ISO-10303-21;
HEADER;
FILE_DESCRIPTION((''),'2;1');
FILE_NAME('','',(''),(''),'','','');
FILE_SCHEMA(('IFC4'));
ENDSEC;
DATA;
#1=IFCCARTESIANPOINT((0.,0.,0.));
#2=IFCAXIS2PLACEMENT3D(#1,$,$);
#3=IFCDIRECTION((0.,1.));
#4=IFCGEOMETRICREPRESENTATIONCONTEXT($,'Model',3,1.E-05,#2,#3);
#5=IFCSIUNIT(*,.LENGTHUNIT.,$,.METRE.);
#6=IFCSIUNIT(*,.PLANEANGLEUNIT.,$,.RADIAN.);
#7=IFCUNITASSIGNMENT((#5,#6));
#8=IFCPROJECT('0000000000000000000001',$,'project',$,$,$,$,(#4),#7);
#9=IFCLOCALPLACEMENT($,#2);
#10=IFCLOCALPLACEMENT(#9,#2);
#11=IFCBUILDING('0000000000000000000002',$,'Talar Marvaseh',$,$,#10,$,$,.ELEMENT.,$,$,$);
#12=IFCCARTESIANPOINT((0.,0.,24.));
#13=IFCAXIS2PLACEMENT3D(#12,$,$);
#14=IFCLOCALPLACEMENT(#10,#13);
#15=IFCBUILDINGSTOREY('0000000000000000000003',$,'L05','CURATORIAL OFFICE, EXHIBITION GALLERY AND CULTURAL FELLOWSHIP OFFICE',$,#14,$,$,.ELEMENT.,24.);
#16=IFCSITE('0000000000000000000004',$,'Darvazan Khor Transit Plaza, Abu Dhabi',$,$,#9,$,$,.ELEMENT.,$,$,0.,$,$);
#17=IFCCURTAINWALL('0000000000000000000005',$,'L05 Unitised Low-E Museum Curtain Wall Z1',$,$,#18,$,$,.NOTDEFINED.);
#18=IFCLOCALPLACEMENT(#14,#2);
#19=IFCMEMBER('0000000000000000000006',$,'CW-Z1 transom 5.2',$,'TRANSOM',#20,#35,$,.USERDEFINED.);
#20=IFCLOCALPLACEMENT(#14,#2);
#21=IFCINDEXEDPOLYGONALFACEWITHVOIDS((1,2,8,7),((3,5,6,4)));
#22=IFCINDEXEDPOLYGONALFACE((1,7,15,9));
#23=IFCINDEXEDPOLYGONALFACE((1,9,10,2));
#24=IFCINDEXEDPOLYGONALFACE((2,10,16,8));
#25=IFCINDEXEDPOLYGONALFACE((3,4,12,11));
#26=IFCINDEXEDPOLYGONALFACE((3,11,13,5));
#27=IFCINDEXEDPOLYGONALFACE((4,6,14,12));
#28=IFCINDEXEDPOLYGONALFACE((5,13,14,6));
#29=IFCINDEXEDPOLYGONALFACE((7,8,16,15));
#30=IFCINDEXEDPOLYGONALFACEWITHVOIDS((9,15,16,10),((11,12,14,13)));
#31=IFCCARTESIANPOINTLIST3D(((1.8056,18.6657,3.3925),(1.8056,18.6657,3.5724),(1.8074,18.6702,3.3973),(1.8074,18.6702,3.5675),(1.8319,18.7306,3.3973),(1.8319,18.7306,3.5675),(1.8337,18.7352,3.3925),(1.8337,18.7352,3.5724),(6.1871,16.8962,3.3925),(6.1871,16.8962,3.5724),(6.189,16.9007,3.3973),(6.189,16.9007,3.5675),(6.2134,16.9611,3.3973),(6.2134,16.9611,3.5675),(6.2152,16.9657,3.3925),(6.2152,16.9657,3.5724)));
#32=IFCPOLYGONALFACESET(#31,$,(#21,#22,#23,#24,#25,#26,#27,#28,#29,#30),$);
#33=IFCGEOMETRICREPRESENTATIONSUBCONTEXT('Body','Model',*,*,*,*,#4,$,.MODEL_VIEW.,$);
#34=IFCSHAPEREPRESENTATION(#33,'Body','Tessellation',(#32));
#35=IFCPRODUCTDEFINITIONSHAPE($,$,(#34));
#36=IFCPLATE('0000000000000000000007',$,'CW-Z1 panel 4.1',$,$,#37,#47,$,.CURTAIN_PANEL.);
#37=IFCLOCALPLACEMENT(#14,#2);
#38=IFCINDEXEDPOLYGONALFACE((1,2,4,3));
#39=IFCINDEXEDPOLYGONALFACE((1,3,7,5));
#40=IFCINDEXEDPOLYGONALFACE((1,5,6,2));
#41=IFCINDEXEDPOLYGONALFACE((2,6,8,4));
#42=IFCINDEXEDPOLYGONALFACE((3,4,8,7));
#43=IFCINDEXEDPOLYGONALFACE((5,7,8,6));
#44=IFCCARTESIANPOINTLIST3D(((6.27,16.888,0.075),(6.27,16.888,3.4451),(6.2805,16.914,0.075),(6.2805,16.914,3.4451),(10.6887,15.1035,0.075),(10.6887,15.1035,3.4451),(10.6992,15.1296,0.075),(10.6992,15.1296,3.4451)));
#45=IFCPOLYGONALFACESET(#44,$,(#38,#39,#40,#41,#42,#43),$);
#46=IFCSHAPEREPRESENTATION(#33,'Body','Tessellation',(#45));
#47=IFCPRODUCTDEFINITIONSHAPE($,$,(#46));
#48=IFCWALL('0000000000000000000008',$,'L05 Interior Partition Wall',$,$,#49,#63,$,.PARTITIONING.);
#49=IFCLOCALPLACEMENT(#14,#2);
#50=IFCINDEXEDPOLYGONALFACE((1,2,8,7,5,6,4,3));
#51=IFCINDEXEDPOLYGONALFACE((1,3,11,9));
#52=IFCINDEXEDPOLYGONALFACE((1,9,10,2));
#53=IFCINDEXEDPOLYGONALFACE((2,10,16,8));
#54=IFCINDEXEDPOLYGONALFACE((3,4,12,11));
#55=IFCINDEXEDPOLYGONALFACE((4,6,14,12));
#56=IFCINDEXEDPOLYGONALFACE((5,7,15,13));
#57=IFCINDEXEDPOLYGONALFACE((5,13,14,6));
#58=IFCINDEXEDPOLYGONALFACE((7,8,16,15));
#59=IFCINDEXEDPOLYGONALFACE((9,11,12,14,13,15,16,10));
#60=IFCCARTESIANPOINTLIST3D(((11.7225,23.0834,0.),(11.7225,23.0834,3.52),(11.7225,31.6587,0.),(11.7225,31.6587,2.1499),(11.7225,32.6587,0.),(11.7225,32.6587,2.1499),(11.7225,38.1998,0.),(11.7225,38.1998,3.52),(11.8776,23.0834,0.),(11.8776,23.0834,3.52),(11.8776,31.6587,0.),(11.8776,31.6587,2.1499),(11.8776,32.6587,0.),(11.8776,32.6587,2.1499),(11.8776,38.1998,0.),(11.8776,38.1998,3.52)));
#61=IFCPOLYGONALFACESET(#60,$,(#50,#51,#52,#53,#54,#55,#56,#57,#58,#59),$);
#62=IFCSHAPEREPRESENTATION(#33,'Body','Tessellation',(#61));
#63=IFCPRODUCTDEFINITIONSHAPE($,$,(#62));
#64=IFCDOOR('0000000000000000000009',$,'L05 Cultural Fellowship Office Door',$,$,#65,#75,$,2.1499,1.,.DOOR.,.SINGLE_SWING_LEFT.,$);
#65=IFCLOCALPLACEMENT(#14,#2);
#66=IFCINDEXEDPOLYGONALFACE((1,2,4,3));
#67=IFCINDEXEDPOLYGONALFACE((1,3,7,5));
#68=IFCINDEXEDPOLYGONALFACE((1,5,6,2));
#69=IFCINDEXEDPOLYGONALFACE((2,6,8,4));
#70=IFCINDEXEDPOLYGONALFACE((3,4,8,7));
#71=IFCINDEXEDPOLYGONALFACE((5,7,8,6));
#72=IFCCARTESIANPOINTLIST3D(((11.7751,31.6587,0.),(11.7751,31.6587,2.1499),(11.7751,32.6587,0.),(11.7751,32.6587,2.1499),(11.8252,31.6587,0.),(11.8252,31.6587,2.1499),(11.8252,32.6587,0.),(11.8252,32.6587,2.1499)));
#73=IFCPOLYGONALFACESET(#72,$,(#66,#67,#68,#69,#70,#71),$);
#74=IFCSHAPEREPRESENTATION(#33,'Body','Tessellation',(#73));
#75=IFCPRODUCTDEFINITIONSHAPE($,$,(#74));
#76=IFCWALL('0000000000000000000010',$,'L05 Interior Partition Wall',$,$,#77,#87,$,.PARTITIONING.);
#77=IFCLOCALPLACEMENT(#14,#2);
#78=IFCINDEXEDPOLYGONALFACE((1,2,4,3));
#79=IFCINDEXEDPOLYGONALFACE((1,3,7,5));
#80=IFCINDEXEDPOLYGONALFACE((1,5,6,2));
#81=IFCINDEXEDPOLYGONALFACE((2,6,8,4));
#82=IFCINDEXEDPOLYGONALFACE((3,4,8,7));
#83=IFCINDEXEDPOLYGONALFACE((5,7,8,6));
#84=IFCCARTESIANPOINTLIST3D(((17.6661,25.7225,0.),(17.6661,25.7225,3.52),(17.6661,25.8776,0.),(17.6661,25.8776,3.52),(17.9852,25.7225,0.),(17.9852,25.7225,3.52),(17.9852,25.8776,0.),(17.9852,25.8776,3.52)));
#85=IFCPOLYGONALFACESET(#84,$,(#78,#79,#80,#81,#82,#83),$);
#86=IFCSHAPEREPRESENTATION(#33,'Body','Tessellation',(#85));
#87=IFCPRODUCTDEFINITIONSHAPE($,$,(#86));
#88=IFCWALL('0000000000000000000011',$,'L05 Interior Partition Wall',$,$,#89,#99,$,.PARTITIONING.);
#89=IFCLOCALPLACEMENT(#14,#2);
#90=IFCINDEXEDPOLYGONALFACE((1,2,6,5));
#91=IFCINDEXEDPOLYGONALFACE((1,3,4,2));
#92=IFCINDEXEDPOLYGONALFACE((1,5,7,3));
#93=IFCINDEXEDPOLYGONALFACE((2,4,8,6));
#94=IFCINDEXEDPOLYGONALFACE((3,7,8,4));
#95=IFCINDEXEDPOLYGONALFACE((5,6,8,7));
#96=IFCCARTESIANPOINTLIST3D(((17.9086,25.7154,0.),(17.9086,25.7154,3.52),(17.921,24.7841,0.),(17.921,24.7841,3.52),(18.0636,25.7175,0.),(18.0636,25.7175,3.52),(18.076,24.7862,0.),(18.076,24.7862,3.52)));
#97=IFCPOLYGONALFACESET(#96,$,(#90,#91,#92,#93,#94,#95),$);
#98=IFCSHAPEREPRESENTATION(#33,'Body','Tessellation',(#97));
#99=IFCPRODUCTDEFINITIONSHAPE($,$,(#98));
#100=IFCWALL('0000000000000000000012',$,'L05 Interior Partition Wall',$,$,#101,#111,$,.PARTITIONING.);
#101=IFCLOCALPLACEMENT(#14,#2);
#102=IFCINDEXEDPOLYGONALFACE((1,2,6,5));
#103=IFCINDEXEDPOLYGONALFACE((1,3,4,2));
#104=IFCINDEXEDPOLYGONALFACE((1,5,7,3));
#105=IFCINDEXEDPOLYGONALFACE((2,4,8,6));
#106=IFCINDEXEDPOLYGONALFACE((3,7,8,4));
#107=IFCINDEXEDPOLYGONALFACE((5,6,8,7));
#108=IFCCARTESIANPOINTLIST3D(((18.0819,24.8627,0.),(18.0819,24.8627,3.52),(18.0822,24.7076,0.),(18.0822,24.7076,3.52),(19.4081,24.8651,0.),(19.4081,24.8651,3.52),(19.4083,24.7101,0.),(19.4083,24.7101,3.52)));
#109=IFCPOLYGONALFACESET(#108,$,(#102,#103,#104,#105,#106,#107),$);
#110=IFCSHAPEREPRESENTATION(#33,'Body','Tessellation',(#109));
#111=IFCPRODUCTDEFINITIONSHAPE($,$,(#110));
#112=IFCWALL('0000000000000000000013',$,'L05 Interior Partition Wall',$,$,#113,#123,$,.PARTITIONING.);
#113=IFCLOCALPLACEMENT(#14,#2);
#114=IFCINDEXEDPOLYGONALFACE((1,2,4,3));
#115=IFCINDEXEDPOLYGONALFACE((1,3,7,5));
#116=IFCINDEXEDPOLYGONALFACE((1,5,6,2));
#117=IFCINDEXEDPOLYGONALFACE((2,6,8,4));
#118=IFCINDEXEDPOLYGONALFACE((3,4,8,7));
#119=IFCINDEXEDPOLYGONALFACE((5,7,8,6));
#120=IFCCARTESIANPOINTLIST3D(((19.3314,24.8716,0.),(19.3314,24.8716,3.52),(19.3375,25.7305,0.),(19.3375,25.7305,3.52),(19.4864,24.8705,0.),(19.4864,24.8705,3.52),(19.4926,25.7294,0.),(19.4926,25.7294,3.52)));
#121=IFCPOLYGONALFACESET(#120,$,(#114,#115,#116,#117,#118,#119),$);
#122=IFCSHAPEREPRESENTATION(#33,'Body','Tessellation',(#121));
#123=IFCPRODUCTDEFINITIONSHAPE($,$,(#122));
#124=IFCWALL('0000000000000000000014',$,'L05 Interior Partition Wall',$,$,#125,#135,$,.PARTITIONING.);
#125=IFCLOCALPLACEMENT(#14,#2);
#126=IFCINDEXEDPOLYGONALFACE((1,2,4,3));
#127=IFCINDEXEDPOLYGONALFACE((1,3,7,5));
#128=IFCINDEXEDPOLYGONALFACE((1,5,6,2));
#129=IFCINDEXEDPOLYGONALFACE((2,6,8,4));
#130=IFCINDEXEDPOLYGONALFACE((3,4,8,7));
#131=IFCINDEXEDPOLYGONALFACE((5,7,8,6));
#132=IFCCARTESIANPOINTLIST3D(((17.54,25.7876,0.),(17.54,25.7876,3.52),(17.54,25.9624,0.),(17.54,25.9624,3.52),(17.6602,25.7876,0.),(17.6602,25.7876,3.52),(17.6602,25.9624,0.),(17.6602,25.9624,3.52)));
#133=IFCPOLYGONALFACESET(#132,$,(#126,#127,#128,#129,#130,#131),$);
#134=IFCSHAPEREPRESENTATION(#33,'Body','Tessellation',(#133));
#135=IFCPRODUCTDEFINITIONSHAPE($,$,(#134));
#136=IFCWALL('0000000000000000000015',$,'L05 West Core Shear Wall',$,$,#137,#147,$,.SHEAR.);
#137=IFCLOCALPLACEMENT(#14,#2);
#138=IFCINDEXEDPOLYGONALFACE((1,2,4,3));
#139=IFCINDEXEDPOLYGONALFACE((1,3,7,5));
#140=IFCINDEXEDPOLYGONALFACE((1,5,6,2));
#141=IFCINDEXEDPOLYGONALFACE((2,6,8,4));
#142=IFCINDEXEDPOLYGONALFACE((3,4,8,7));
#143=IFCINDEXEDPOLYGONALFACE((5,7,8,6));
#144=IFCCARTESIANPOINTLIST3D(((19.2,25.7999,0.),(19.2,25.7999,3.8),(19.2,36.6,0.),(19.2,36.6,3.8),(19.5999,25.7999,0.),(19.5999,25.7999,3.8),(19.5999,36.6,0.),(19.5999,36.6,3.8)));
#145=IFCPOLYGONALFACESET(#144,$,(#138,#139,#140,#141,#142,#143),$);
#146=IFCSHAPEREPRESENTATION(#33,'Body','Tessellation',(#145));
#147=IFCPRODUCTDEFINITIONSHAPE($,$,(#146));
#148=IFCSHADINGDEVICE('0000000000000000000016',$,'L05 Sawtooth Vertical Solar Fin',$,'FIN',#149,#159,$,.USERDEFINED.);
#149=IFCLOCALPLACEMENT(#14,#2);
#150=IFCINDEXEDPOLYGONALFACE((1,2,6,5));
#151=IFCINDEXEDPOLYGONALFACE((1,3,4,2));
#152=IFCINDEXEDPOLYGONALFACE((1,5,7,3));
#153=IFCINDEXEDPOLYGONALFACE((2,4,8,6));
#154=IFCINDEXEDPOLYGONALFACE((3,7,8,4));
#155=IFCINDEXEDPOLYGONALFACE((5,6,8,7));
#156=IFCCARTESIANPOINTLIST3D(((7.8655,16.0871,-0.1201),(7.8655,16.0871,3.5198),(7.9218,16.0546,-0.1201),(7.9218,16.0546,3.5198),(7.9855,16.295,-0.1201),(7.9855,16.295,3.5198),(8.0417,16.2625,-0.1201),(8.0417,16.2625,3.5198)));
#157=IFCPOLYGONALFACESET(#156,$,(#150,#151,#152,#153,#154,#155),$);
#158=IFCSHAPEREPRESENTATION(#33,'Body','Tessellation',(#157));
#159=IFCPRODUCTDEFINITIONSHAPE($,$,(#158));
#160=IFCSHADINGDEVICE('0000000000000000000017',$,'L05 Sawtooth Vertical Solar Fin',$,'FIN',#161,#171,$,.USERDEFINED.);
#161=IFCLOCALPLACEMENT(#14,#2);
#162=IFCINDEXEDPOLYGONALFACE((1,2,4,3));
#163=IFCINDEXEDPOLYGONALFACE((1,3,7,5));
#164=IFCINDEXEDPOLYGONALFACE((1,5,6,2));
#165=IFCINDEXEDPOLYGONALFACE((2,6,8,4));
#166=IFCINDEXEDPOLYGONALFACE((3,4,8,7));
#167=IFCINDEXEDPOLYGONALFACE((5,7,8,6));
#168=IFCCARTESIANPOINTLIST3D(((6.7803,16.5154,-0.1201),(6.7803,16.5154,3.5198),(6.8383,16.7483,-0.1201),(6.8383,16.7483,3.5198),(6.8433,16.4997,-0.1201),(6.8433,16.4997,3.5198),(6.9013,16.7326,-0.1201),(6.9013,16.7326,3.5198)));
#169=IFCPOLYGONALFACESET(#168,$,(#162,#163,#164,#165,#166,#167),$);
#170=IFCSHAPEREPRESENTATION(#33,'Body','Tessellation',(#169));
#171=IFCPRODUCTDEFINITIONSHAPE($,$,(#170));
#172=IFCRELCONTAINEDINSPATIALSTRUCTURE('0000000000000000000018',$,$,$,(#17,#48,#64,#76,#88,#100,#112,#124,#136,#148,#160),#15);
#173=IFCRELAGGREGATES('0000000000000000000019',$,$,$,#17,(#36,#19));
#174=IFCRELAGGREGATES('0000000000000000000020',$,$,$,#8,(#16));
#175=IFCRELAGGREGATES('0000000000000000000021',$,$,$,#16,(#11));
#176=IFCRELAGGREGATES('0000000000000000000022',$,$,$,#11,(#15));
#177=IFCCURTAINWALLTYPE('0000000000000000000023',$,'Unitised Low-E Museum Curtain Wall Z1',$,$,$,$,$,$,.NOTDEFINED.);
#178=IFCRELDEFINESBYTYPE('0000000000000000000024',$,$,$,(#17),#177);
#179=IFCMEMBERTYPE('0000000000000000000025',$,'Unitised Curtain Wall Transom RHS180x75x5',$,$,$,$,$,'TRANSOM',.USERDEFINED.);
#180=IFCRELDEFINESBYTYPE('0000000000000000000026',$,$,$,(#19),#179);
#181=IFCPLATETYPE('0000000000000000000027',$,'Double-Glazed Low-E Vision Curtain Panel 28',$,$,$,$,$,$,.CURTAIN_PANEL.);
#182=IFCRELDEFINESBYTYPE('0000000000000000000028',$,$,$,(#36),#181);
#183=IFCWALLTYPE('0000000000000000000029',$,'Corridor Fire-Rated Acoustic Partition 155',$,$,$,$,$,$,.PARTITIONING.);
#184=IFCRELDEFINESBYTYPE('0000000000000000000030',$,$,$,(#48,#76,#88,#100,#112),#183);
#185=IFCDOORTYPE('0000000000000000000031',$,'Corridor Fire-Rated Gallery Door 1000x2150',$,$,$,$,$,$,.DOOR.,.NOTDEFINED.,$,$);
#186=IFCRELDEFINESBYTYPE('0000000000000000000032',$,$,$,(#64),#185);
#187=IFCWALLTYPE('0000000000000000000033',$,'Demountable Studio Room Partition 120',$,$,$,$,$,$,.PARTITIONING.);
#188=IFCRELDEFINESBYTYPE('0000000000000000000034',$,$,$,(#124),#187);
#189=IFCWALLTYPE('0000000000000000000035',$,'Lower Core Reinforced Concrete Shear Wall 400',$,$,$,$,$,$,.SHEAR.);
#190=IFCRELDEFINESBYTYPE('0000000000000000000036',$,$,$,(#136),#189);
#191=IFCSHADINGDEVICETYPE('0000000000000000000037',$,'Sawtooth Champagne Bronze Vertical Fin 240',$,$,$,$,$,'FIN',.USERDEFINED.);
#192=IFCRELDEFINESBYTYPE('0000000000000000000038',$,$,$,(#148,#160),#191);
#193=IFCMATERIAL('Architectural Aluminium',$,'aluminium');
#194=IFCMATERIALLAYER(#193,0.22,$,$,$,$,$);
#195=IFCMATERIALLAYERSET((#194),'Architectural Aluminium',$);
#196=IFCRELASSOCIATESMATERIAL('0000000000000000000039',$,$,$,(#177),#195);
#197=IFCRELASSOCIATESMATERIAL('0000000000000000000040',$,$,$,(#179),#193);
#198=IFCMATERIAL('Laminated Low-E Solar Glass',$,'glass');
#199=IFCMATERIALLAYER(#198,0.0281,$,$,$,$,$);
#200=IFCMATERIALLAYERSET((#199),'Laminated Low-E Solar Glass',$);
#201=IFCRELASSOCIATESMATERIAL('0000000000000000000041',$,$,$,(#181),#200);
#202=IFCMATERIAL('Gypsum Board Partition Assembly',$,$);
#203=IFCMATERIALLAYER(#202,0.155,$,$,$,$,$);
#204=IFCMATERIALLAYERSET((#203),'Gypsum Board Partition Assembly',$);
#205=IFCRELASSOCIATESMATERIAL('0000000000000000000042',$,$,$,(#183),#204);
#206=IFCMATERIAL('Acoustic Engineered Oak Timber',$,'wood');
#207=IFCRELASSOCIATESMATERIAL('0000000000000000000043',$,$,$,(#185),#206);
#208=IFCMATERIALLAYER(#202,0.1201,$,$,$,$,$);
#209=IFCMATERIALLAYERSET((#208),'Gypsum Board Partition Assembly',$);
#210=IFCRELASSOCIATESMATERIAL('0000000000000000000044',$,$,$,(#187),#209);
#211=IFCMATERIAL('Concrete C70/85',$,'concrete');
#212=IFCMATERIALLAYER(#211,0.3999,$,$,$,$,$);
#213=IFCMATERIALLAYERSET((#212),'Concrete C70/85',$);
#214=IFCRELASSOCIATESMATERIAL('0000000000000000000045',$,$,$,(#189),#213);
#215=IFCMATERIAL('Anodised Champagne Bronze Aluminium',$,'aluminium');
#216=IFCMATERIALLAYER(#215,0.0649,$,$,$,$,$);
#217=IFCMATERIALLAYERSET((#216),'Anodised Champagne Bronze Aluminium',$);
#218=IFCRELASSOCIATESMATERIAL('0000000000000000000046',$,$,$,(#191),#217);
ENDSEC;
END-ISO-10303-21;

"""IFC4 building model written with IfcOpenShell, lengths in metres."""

from ifc_helpers import new_model, si_unit, direction, frame, frame_2d, origin, origin_2d, place, context, subcontext, project, spatial, rectangle, hollow_rectangle, extrude, source, transform, mapped, material, layer, layer_set, material_profile, profile_set, type_object, type_shapes, element, fill, aggregate, save


model = new_model("IFC4")

# Units and contexts
model_context = context("Model", 3, precision=1e-05, world=origin(), true_north=direction((0.0, 1.0)))
body_context = subcontext(model_context, "Body", "Model", "MODEL_VIEW")
ifc_project = project(units=[si_unit("LENGTHUNIT", "METRE"), si_unit("PLANEANGLEUNIT", "RADIAN")], contexts=[model_context])

# Site, building, storey
site_placement = place(None, origin())
site = spatial("IfcSite", under=ifc_project, at=site_placement, Name="Darvazan Khor Transit Plaza, Abu Dhabi", CompositionType="ELEMENT", RefElevation=0.0)
building_placement = place(site_placement, origin())
building = spatial("IfcBuilding", under=site, at=building_placement, Name="Talar Marvaseh", CompositionType="ELEMENT")
storey_placement = place(building_placement, frame((0.0, 0.0, 24.0)))
storey = spatial("IfcBuildingStorey", under=building, at=storey_placement, Name="L05", Description="CURATORIAL OFFICE, EXHIBITION GALLERY AND CULTURAL FELLOWSHIP OFFICE", CompositionType="ELEMENT", Elevation=24.0)

# Shared definitions
ifc_material_1 = material(Name="Concrete C70/85", Category="concrete")

# Curtain wall, member, plate
ifc_material_2 = material(Name="Architectural Aluminium", Category="aluminium")
ifc_layer_1 = layer(ifc_material_2, 0.22)
ifc_layer_set_1 = layer_set([ifc_layer_1], Name="Architectural Aluminium")
curtain_wall_type = type_object("IfcCurtainWallType", Name="Unitised Low-E Museum Curtain Wall Z1", PredefinedType="NOTDEFINED", material=ifc_layer_set_1)
curtain_wall_placement = place(storey_placement, origin())
curtain_wall = element("IfcCurtainWall", 1, at=curtain_wall_placement, inside=storey, type_object=curtain_wall_type, Name="L05 Unitised Low-E Museum Curtain Wall Z1", PredefinedType="NOTDEFINED")
ifc_material_profile_1 = material_profile(ifc_material_2, hollow_rectangle(XDim=0.075, YDim=0.1799, WallThickness=0.0049, at=origin_2d()), Name="RHS180x75x5")
ifc_profile_set_1 = profile_set([ifc_material_profile_1], Name="Architectural Aluminium")
member_type_1 = type_object("IfcMemberType", Name="Unitised Curtain Wall Transom RHS180x75x5", ElementType="TRANSOM", PredefinedType="USERDEFINED", material=ifc_profile_set_1)
shared_shape_1 = source(origin(), body_context, "Body", "SweptSolid", [
    extrude(hollow_rectangle(XDim=0.075, YDim=0.1799, WallThickness=0.0049, at=origin_2d()), origin(), (0.0, 0.0, 1.0), 4.7253),
])
type_shapes(member_type_1, [shared_shape_1])
member_1_placement = place(storey_placement, frame((6.2012, 16.9309, 3.4824), z_axis=(-0.927239, 0.374471, 0.0), x_axis=(-0.374471, -0.927239, 0.0)))
member_1 = element("IfcMember", 2, at=member_1_placement, type_object=member_type_1, Name="CW-Z1 transom 5.2", ObjectType="TRANSOM", PredefinedType="USERDEFINED", context=body_context, shape_type="MappedRepresentation", body=[
    mapped(shared_shape_1, transform((0.0, 0.0, 0.0), x_axis=(1.0, 0.0, 0.0), y_axis=(0.0, 1.0, 0.0), z_axis=(0.0, 0.0, 1.0), scale=1.0)),
])
ifc_material_3 = material(Name="Laminated Low-E Solar Glass", Category="glass")
ifc_layer_2 = layer(ifc_material_3, 0.0281)
ifc_layer_set_2 = layer_set([ifc_layer_2], Name="Laminated Low-E Solar Glass")
plate_type = type_object("IfcPlateType", Name="Double-Glazed Low-E Vision Curtain Panel 28", PredefinedType="CURTAIN_PANEL", material=ifc_layer_set_2)
shared_shape_2 = source(origin(), body_context, "Body", "SweptSolid", [
    extrude(rectangle(XDim=4.7654, YDim=0.0281, at=origin_2d()), origin(), (0.0, 0.0, 1.0), 3.3701),
])
type_shapes(plate_type, [shared_shape_2])
plate_placement = place(storey_placement, frame((8.4846, 16.0088, 0.075), z_axis=(0.0, 0.0, 1.0), x_axis=(-0.927242, 0.374463, 0.0)))
plate = element("IfcPlate", 3, at=plate_placement, type_object=plate_type, Name="CW-Z1 panel 4.1", PredefinedType="CURTAIN_PANEL", context=body_context, shape_type="MappedRepresentation", body=[
    mapped(shared_shape_2, transform((0.0, 0.0, 0.0), x_axis=(1.0, 0.0, 0.0), y_axis=(0.0, 1.0, 0.0), z_axis=(0.0, 0.0, 1.0), scale=1.0)),
])
aggregate(curtain_wall, [plate, member_1])

# Wall, opening, door
ifc_material_4 = material(Name="Gypsum Board Partition Assembly")
ifc_layer_3 = layer(ifc_material_4, 0.155)
ifc_layer_set_3 = layer_set([ifc_layer_3], Name="Gypsum Board Partition Assembly")
wall_type_1 = type_object("IfcWallType", Name="Corridor Fire-Rated Acoustic Partition 155", PredefinedType="PARTITIONING", material=ifc_layer_set_3)
wall_1_placement = place(storey_placement, frame((11.8, 23.0835, 0.0), z_axis=(0.0, 0.0, 1.0), x_axis=(0.0, 1.0, 0.0)))
wall_1 = element("IfcWall", 4, at=wall_1_placement, inside=storey, type_object=wall_type_1, Name="L05 Interior Partition Wall", PredefinedType="PARTITIONING", context=body_context, shape_type="SweptSolid", body=[
    extrude(rectangle(XDim=15.1165, YDim=0.155, at=frame_2d((7.5581, 0.0))), origin(), (0.0, 0.0, 1.0), 3.52),
])
opening_placement = place(wall_1_placement, frame((8.5752, 0.0, 0.0)))
opening = element("IfcOpeningElement", 5, at=opening_placement, cuts=wall_1, PredefinedType="OPENING", context=body_context, shape_type="SweptSolid", body=[
    extrude(rectangle(XDim=1.0, YDim=2.1499, at=frame_2d((0.5, 1.075))), frame((0.0, 0.0874, 0.0), z_axis=(0.0, -1.0, 0.0), x_axis=(1.0, 0.0, 0.0)), (0.0, 0.0, 1.0), 0.175),
])
ifc_material_5 = material(Name="Acoustic Engineered Oak Timber", Category="wood")
door_type = type_object("IfcDoorType", Name="Corridor Fire-Rated Gallery Door 1000x2150", OperationType="NOTDEFINED", PredefinedType="DOOR", material=ifc_material_5)
shared_shape_3 = source(origin(), body_context, "Body", "SweptSolid", [
    extrude(rectangle(XDim=1.0, YDim=2.1499, at=frame_2d((0.5, 1.075))), frame((0.0, 0.0249, 0.0), z_axis=(0.0, -1.0, 0.0), x_axis=(1.0, 0.0, 0.0)), (0.0, 0.0, 1.0), 0.05),
])
type_shapes(door_type, [shared_shape_3])
door_placement = place(opening_placement, origin())
door = element("IfcDoor", 6, at=door_placement, inside=storey, type_object=door_type, Name="L05 Cultural Fellowship Office Door", OperationType="SINGLE_SWING_LEFT", OverallHeight=2.1499, OverallWidth=1.0, PredefinedType="DOOR", context=body_context, shape_type="MappedRepresentation", body=[
    mapped(shared_shape_3, transform((0.0, 0.0, 0.0), x_axis=(1.0, 0.0, 0.0), y_axis=(0.0, 1.0, 0.0), z_axis=(0.0, 0.0, 1.0), scale=1.0)),
])
fill(opening, door)

# Walls
wall_2_placement = place(storey_placement, frame((17.666, 25.8, 0.0), z_axis=(0.0, 0.0, 1.0), x_axis=(1.0, 0.0, 0.0)))
element("IfcWall", 7, at=wall_2_placement, inside=storey, type_object=wall_type_1, Name="L05 Interior Partition Wall", PredefinedType="PARTITIONING", context=body_context, shape_type="SweptSolid", body=[
    extrude(rectangle(XDim=0.3191, YDim=0.155, at=frame_2d((0.1597, 0.0))), origin(), (0.0, 0.0, 1.0), 3.52),
])
wall_3_placement = place(storey_placement, frame((17.9861, 25.7166, 0.0), z_axis=(0.0, 0.0, 1.0), x_axis=(0.013367, -0.999911, 0.0)))
element("IfcWall", 8, at=wall_3_placement, inside=storey, type_object=wall_type_1, Name="L05 Interior Partition Wall", PredefinedType="PARTITIONING", context=body_context, shape_type="SweptSolid", body=[
    extrude(rectangle(XDim=0.9314, YDim=0.155, at=frame_2d((0.4658, 0.0))), origin(), (0.0, 0.0, 1.0), 3.52),
])
wall_4_placement = place(storey_placement, frame((18.082, 24.7852, 0.0), z_axis=(0.0, 0.0, 1.0), x_axis=(0.999998, 0.001841, 0.0)))
element("IfcWall", 9, at=wall_4_placement, inside=storey, type_object=wall_type_1, Name="L05 Interior Partition Wall", PredefinedType="PARTITIONING", context=body_context, shape_type="SweptSolid", body=[
    extrude(rectangle(XDim=1.3262, YDim=0.155, at=frame_2d((0.6631, 0.0))), origin(), (0.0, 0.0, 1.0), 3.52),
])
wall_5_placement = place(storey_placement, frame((19.4089, 24.8711, 0.0), z_axis=(0.0, 0.0, 1.0), x_axis=(0.007106, 0.999975, 0.0)))
element("IfcWall", 10, at=wall_5_placement, inside=storey, type_object=wall_type_1, Name="L05 Interior Partition Wall", PredefinedType="PARTITIONING", context=body_context, shape_type="SweptSolid", body=[
    extrude(rectangle(XDim=0.8589, YDim=0.155, at=frame_2d((0.4294, 0.0))), origin(), (0.0, 0.0, 1.0), 3.52),
])
ifc_layer_4 = layer(ifc_material_4, 0.1201)
ifc_layer_set_4 = layer_set([ifc_layer_4], Name="Gypsum Board Partition Assembly")
wall_type_2 = type_object("IfcWallType", Name="Demountable Studio Room Partition 120", PredefinedType="PARTITIONING", material=ifc_layer_set_4)
wall_6_placement = place(storey_placement, frame((17.6001, 25.9624, 0.0), z_axis=(0.0, 0.0, 1.0), x_axis=(0.0, -1.0, 0.0)))
element("IfcWall", 11, at=wall_6_placement, inside=storey, type_object=wall_type_2, Name="L05 Interior Partition Wall", PredefinedType="PARTITIONING", context=body_context, shape_type="SweptSolid", body=[
    extrude(rectangle(XDim=0.1748, YDim=0.1201, at=frame_2d((0.0874, 0.0))), origin(), (0.0, 0.0, 1.0), 3.52),
])
ifc_layer_5 = layer(ifc_material_1, 0.3999)
ifc_layer_set_5 = layer_set([ifc_layer_5], Name="Concrete C70/85")
wall_type_3 = type_object("IfcWallType", Name="Lower Core Reinforced Concrete Shear Wall 400", PredefinedType="SHEAR", material=ifc_layer_set_5)
wall_7_placement = place(storey_placement, frame((19.3999, 25.8, 0.0), z_axis=(0.0, 0.0, 1.0), x_axis=(0.0, 1.0, 0.0)))
element("IfcWall", 12, at=wall_7_placement, inside=storey, type_object=wall_type_3, Name="L05 West Core Shear Wall", PredefinedType="SHEAR", context=body_context, shape_type="SweptSolid", body=[
    extrude(rectangle(XDim=10.8, YDim=0.3999, at=frame_2d((5.3999, 0.0))), origin(), (0.0, 0.0, 1.0), 3.8),
])

# Shading devices
ifc_material_6 = material(Name="Anodised Champagne Bronze Aluminium", Category="aluminium")
ifc_layer_6 = layer(ifc_material_6, 0.0649)
ifc_layer_set_6 = layer_set([ifc_layer_6], Name="Anodised Champagne Bronze Aluminium")
shading_device_type = type_object("IfcShadingDeviceType", Name="Sawtooth Champagne Bronze Vertical Fin 240", ElementType="FIN", PredefinedType="USERDEFINED", material=ifc_layer_set_6)
shared_shape_4 = source(origin(), body_context, "Body", "SweptSolid", [
    extrude(rectangle(XDim=0.24, YDim=0.0649, at=origin_2d()), origin(), (0.0, 0.0, 1.0), 3.6399),
])
type_shapes(shading_device_type, [shared_shape_4])
for number, where, z_axis, x_axis, name in (
    (13, (7.9536, 16.1748, -0.1201), (0.0, 0.0, 1.0), (-0.499849, -0.866113, 0.0), "L05 Sawtooth Vertical Solar Fin"),
    (14, (6.8408, 16.624, -0.1201), (0.0, 0.0, 1.0), (-0.241753, -0.970338, 0.0), "L05 Sawtooth Vertical Solar Fin"),
):
    element("IfcShadingDevice", number, at=place(storey_placement, frame(where, z_axis=z_axis, x_axis=x_axis)), inside=storey, type_object=shading_device_type, Name=name, ObjectType="FIN", PredefinedType="USERDEFINED", context=body_context, shape_type="MappedRepresentation", body=[
        mapped(shared_shape_4, transform((0.0, 0.0, 0.0), x_axis=(1.0, 0.0, 0.0), y_axis=(0.0, 1.0, 0.0), z_axis=(0.0, 0.0, 1.0), scale=1.0)),
    ])

save(model, "model.ifc")
